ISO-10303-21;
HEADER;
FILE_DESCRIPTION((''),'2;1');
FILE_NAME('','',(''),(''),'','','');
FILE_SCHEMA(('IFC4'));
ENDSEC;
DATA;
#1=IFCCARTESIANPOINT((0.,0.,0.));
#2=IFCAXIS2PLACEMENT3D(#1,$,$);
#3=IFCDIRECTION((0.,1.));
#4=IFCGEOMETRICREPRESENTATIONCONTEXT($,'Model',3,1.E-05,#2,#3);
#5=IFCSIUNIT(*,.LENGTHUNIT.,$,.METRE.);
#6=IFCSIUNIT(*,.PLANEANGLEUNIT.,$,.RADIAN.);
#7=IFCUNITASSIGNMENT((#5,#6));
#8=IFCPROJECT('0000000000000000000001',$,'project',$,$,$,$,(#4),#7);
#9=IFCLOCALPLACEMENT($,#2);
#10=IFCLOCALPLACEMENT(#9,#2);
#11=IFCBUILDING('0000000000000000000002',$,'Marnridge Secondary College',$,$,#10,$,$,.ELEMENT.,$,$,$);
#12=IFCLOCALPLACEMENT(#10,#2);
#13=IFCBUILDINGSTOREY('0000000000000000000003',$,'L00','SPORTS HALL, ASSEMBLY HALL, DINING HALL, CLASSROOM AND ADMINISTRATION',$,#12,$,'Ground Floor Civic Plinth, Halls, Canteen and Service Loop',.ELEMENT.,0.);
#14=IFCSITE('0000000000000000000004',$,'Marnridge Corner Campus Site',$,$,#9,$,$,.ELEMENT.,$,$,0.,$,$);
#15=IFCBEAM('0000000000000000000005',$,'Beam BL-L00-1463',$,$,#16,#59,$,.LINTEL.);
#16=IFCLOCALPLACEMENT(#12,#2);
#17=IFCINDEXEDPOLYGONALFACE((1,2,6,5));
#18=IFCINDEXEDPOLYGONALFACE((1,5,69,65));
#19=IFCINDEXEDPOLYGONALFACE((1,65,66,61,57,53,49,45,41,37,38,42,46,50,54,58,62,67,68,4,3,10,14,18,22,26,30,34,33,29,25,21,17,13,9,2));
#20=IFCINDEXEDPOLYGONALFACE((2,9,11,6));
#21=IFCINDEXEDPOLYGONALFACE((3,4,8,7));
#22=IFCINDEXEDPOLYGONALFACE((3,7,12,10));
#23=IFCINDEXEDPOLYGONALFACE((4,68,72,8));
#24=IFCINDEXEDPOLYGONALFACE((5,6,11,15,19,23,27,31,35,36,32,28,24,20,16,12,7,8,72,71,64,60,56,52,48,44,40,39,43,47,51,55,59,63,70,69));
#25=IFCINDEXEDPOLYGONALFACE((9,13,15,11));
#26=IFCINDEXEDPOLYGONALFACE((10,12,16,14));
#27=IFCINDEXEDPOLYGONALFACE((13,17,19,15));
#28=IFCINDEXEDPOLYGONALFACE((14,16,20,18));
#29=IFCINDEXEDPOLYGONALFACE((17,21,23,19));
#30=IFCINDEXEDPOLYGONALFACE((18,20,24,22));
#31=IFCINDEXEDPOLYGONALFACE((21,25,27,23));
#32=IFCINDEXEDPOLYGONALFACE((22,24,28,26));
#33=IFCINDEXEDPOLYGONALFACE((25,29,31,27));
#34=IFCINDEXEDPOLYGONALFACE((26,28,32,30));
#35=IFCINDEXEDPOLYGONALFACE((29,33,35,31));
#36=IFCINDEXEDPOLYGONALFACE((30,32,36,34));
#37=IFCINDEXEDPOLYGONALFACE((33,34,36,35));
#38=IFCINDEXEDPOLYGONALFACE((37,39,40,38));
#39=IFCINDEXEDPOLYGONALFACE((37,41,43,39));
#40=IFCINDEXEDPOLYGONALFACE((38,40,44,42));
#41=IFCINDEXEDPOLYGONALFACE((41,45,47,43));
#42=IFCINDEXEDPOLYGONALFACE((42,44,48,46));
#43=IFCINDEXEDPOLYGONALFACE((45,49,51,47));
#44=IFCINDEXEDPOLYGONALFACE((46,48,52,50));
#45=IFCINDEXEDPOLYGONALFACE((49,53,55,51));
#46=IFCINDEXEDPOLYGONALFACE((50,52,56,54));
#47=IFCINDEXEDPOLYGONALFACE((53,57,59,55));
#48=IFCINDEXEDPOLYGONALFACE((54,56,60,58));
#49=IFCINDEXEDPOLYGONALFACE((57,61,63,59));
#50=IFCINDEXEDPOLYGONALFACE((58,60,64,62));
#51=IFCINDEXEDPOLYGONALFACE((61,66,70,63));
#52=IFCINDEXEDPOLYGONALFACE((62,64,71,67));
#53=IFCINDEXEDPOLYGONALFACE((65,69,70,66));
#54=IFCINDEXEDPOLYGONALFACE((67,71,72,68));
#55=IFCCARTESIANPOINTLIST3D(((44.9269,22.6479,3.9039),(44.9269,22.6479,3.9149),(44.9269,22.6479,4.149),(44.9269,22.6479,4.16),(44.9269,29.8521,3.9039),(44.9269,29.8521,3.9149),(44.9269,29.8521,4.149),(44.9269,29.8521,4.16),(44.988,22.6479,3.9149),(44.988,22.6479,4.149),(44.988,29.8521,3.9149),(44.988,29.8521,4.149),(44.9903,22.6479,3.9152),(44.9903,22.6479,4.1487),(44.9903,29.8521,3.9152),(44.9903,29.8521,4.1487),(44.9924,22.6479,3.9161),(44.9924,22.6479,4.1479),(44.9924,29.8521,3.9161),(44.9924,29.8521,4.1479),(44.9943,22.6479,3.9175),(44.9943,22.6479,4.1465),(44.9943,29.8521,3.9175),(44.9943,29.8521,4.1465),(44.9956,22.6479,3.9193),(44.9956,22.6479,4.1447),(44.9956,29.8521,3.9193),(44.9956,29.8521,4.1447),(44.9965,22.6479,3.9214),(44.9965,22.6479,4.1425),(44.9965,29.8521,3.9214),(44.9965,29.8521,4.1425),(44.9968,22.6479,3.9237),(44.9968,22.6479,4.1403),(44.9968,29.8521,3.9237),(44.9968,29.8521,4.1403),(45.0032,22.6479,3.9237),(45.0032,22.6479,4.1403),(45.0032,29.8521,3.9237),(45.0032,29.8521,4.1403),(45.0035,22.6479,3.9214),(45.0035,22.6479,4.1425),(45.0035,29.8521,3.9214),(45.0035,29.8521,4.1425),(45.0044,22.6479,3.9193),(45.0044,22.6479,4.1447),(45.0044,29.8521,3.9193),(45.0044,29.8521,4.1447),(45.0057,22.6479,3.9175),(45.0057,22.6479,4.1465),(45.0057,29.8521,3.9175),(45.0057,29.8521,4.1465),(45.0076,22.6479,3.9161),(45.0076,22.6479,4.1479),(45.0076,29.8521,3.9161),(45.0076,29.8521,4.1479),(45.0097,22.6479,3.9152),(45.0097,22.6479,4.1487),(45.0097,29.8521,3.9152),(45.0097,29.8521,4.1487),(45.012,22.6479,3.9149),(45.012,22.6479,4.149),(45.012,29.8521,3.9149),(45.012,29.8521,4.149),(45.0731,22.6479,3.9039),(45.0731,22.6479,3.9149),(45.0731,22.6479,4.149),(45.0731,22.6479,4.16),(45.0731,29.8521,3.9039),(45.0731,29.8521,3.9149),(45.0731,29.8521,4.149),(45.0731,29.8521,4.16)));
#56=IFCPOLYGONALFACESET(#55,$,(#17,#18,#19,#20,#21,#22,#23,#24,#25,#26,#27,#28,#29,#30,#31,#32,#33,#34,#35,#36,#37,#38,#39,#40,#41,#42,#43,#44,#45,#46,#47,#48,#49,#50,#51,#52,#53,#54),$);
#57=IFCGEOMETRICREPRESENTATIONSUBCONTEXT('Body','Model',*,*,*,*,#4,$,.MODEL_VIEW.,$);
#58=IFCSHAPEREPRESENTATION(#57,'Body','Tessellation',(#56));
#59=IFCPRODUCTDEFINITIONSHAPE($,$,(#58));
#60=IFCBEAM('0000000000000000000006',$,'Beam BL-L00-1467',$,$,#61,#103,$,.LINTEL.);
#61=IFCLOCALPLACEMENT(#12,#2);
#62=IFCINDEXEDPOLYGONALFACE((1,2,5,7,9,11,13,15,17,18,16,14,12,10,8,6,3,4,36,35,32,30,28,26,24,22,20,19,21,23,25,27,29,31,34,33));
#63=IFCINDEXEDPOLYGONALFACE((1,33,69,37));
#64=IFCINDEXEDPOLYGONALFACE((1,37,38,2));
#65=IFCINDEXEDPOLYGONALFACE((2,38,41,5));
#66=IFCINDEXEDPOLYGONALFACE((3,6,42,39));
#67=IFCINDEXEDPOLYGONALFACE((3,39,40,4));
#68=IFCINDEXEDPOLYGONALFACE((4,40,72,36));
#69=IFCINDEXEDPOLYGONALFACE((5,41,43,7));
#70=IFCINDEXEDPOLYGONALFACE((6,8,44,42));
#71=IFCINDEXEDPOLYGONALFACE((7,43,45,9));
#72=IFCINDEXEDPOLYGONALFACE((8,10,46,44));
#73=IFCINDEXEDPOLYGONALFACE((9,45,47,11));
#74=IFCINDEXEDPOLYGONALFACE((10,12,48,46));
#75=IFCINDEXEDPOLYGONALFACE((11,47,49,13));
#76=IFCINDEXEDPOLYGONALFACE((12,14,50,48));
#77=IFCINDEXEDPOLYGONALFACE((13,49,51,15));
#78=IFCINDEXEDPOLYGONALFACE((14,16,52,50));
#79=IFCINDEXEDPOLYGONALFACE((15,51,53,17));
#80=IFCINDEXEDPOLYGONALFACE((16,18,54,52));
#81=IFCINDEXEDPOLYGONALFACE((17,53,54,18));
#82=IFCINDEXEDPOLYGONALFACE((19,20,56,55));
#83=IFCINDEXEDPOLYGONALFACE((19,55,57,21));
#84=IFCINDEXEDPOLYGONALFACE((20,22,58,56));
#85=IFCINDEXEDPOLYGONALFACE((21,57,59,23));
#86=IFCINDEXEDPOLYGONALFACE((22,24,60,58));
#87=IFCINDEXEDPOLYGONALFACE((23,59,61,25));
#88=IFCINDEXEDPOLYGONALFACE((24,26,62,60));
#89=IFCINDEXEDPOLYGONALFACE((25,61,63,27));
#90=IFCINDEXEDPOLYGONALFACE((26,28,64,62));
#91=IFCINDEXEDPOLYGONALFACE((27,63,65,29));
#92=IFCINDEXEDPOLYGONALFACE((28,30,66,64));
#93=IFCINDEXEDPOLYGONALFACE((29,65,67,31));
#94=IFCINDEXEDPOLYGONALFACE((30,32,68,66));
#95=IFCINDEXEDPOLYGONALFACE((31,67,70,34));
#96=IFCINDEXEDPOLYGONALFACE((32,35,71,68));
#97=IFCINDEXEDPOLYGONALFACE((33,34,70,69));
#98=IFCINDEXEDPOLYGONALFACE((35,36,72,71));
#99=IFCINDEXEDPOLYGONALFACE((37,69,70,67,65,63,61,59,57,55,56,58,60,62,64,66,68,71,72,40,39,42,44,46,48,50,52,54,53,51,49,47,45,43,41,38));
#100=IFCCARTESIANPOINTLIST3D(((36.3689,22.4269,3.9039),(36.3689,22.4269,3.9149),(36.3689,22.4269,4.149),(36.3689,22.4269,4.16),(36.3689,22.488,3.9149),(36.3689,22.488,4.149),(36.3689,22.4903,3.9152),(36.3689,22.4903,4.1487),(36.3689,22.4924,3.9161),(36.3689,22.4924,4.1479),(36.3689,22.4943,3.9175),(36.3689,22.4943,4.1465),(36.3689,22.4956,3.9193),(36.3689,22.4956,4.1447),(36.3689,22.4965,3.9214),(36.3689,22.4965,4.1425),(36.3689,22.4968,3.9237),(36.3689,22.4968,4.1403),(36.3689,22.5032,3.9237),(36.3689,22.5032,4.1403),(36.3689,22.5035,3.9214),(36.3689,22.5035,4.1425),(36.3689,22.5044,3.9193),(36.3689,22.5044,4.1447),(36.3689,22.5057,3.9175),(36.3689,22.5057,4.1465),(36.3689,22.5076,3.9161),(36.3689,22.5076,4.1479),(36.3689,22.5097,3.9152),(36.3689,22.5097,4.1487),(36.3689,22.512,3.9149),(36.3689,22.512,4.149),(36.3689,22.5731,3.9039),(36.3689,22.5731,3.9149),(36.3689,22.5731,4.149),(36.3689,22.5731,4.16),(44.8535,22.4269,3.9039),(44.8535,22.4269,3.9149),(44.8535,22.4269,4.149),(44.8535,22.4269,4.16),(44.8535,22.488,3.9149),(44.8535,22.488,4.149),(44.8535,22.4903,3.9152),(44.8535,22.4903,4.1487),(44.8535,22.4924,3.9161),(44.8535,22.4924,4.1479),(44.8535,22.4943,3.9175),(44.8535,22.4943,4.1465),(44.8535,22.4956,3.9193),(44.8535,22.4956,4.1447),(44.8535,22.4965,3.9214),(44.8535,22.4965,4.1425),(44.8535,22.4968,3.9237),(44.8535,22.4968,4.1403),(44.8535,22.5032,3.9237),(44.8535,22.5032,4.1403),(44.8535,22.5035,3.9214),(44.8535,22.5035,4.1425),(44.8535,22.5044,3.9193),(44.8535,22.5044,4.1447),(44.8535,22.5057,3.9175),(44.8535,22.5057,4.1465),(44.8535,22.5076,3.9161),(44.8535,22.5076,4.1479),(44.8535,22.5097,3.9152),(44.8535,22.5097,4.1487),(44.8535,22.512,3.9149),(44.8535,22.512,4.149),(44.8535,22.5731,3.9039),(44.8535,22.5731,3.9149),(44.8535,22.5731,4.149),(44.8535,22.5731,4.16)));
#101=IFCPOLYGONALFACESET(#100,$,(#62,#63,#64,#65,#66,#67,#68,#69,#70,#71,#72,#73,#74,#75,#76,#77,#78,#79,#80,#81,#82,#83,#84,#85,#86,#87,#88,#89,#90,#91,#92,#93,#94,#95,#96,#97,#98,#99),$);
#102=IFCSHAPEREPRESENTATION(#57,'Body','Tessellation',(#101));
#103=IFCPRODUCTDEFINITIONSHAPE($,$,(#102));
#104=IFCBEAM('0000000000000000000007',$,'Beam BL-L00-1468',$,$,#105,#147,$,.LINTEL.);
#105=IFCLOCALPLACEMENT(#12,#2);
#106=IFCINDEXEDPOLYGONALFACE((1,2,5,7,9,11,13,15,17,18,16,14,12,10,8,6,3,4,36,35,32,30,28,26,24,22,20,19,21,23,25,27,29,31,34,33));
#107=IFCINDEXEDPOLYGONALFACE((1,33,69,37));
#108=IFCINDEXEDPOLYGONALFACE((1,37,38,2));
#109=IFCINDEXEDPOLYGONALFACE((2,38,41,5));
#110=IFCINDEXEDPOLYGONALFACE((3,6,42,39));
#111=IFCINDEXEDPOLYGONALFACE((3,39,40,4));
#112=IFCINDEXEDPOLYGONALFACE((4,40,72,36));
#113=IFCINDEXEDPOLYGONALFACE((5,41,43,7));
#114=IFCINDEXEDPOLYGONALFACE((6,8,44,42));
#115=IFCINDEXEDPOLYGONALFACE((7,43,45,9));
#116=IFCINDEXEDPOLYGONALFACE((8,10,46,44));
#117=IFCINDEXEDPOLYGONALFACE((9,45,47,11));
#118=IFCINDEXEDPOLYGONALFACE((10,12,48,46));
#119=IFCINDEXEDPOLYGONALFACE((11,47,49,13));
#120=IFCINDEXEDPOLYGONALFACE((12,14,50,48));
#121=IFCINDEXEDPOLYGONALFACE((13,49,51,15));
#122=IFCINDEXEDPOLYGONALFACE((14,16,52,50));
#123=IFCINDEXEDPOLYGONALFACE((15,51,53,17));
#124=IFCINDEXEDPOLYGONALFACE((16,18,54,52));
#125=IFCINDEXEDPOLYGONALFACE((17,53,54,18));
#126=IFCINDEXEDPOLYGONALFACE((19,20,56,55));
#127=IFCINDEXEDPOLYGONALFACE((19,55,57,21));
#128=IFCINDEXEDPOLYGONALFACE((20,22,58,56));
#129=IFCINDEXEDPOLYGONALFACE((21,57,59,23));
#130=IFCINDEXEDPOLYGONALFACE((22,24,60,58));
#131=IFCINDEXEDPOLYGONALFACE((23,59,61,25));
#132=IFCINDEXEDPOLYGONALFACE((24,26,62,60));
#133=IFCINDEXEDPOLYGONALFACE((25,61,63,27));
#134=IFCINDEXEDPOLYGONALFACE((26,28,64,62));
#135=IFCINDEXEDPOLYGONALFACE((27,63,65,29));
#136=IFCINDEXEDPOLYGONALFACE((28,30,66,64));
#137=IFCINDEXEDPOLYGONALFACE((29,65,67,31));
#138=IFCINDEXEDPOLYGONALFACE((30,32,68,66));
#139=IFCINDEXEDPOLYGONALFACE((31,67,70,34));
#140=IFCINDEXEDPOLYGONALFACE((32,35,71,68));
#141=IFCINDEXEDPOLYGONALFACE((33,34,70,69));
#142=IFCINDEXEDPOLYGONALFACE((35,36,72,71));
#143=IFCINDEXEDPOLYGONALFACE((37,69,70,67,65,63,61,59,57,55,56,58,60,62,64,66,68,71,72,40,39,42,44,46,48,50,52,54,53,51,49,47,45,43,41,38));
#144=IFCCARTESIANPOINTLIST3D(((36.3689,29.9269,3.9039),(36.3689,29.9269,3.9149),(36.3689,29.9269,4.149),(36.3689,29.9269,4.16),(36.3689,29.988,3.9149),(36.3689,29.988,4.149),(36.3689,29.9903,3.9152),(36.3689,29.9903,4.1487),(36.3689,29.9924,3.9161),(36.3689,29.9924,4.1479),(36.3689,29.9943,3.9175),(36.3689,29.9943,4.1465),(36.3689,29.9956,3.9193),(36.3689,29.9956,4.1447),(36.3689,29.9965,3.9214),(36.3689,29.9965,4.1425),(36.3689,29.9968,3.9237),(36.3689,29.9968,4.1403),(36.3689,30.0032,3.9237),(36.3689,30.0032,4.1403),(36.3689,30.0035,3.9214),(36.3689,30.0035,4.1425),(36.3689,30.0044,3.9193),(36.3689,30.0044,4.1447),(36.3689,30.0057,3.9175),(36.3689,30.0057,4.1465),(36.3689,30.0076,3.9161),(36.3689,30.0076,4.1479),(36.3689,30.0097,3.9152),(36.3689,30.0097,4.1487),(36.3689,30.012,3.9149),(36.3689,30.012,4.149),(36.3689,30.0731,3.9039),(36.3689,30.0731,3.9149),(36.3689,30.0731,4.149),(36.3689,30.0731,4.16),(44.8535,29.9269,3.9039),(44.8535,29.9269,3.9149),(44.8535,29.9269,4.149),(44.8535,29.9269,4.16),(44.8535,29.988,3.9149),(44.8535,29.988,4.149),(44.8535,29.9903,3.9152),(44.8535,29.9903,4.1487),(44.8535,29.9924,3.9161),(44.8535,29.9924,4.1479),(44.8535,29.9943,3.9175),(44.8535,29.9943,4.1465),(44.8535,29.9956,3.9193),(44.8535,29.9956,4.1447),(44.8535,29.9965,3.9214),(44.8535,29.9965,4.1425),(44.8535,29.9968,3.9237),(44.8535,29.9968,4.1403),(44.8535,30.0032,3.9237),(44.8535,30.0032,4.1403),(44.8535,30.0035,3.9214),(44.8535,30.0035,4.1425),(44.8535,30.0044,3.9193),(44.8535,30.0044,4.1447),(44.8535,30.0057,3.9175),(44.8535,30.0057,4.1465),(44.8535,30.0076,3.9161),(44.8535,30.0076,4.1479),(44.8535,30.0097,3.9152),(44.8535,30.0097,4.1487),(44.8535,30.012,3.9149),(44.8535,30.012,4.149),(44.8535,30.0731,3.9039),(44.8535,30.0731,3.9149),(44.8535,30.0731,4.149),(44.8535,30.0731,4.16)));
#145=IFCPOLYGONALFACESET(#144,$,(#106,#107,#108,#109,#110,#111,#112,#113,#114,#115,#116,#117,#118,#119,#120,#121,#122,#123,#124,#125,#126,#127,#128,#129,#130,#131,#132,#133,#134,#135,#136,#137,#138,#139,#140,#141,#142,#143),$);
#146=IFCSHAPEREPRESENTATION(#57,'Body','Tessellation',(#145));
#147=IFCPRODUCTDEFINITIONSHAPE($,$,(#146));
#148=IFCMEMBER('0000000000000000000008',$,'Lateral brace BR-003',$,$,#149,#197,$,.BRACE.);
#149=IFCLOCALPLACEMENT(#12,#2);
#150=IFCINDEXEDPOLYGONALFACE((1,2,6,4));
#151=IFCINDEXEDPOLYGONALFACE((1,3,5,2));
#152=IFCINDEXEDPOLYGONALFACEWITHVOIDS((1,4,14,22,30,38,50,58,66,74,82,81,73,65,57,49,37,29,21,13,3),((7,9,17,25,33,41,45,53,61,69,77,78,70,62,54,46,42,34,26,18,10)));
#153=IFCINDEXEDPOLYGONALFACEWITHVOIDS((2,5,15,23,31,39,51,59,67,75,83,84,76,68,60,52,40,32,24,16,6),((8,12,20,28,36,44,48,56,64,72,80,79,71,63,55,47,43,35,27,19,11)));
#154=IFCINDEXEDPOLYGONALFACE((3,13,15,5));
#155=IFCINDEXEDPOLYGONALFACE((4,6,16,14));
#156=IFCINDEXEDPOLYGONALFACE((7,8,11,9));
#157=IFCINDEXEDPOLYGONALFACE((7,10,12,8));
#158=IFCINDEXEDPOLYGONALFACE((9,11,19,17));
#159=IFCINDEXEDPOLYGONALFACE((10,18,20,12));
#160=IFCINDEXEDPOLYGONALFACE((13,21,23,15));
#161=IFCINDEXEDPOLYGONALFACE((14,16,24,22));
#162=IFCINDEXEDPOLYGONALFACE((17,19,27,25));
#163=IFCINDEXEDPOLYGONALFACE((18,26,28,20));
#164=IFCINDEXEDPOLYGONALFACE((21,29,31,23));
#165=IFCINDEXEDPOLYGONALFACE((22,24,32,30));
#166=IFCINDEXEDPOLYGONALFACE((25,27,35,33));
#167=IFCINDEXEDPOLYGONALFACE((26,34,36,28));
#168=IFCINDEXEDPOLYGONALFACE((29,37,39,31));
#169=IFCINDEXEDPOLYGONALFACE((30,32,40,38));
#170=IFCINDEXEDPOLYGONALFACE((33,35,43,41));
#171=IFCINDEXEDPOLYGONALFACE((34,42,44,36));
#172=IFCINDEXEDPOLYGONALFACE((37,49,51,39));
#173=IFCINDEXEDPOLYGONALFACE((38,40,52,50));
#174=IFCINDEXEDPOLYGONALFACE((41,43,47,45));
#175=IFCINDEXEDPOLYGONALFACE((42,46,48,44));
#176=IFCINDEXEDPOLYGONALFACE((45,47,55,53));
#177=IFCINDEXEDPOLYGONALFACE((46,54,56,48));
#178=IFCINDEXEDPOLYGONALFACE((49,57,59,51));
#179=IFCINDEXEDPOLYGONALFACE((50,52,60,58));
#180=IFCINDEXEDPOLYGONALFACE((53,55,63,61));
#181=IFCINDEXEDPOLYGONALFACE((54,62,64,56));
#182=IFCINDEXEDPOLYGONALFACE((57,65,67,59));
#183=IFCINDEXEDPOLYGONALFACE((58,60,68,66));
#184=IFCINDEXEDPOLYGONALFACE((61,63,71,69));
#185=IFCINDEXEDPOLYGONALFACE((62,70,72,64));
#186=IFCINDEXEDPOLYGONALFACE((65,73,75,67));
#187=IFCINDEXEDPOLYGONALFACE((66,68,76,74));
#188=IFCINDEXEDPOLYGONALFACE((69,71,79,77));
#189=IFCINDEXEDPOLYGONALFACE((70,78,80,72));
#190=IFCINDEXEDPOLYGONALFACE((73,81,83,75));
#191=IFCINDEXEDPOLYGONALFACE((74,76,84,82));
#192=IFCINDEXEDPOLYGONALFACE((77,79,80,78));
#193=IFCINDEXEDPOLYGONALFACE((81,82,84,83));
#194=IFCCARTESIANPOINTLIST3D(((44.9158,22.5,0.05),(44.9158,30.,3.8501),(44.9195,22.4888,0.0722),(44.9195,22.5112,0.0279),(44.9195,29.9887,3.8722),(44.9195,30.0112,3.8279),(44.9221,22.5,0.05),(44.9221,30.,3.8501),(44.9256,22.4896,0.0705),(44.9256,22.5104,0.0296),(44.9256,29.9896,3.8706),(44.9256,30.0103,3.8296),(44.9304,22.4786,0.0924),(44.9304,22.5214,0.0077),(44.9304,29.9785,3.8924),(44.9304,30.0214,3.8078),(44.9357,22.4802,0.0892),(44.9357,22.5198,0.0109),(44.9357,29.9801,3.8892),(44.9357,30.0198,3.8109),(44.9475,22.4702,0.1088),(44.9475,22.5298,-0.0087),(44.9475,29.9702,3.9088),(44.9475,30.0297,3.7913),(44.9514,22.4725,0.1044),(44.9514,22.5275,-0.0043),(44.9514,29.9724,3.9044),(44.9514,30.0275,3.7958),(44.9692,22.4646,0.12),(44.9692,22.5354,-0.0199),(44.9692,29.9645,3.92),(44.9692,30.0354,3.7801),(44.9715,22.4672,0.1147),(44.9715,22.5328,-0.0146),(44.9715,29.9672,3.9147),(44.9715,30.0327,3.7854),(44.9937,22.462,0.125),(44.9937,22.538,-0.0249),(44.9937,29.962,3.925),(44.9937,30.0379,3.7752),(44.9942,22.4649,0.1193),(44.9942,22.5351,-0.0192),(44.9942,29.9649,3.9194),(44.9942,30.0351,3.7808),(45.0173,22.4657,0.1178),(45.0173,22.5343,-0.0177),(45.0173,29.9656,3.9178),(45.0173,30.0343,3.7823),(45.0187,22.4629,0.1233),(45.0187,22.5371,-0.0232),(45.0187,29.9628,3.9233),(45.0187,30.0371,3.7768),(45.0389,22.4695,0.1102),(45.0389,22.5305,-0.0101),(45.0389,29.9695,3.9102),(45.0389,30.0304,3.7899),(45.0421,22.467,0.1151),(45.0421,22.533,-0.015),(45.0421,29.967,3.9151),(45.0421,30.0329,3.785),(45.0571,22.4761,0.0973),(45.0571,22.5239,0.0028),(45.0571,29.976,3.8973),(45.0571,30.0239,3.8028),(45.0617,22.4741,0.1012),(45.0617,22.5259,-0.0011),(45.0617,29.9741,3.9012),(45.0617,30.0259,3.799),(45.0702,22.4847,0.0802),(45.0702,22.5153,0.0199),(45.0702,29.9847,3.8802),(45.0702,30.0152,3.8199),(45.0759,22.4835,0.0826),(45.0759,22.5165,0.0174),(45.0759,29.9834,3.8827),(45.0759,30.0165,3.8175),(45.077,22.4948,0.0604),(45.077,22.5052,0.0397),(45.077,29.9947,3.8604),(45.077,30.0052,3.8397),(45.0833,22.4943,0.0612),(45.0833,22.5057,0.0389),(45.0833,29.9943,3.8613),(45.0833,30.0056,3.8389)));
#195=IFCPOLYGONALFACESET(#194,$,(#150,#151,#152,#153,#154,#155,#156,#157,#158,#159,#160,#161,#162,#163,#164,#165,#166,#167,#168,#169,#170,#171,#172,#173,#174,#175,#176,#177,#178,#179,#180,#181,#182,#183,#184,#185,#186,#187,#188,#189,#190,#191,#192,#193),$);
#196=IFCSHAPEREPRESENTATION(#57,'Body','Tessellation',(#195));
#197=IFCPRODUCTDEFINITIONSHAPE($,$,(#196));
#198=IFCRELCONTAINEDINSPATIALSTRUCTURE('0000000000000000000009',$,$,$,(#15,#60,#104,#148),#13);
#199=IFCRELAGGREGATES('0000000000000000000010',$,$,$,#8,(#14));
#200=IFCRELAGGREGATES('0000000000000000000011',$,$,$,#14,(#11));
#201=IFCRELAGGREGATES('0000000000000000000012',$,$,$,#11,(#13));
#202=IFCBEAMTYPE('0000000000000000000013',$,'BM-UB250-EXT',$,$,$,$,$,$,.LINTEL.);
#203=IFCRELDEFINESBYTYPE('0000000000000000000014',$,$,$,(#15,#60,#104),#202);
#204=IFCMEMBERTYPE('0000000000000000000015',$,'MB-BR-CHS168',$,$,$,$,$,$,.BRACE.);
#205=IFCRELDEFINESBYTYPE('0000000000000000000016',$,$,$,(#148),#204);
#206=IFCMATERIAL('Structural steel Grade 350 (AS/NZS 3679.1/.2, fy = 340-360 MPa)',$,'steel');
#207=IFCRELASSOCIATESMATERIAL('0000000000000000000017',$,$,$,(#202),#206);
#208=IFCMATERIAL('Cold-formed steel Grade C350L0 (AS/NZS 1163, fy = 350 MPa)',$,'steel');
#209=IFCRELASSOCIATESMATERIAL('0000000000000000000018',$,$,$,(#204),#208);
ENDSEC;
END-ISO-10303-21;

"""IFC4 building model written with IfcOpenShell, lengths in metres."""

from ifc_helpers import new_model, si_unit, direction, frame, origin, origin_2d, place, context, subcontext, project, spatial, hollow_circle, i_section, extrude, material, material_profile, profile_set, type_object, element, save


model = new_model("IFC4")

# Units and contexts
model_context = context("Model", 3, precision=1e-05, world=origin(), true_north=direction((0.0, 1.0)))
body_context = subcontext(model_context, "Body", "Model", "MODEL_VIEW")
ifc_project = project(units=[si_unit("LENGTHUNIT", "METRE"), si_unit("PLANEANGLEUNIT", "RADIAN")], contexts=[model_context])

# Site, building, storey
site_placement = place(None, origin())
site = spatial("IfcSite", under=ifc_project, at=site_placement, Name="Marnridge Corner Campus Site", CompositionType="ELEMENT", RefElevation=0.0)
building_placement = place(site_placement, origin())
building = spatial("IfcBuilding", under=site, at=building_placement, Name="Marnridge Secondary College", CompositionType="ELEMENT")
storey_placement = place(building_placement, origin())
storey = spatial("IfcBuildingStorey", under=building, at=storey_placement, Name="L00", Description="SPORTS HALL, ASSEMBLY HALL, DINING HALL, CLASSROOM AND ADMINISTRATION", LongName="Ground Floor Civic Plinth, Halls, Canteen and Service Loop", CompositionType="ELEMENT", Elevation=0.0)

# Beams
ifc_material_1 = material(Name="Structural steel Grade 350 (AS/NZS 3679.1/.2, fy = 340-360 MPa)", Category="steel")
ifc_material_profile_1 = material_profile(ifc_material_1, i_section(OverallWidth=0.1462, OverallDepth=0.2561, WebThickness=0.0063, FlangeThickness=0.011, FilletRadius=0.0088, at=origin_2d()), Name="250UB37.3")
ifc_profile_set_1 = profile_set([ifc_material_profile_1], Name="Structural steel Grade 350 (AS/NZS 3679.1/.2, fy = 340-360 MPa)")
beam_type = type_object("IfcBeamType", Name="BM-UB250-EXT", PredefinedType="LINTEL", material=ifc_profile_set_1)
beam_placement = place(storey_placement, frame((45.0, 22.6479, 4.032), z_axis=(0.0, 1.0, 0.0), x_axis=(-1.0, 0.0, 0.0)))
element("IfcBeam", 1, at=beam_placement, inside=storey, type_object=beam_type, Name="Beam BL-L00-1463", PredefinedType="LINTEL", context=body_context, shape_type="SweptSolid", body=[
    extrude(i_section(OverallWidth=0.1462, OverallDepth=0.2561, WebThickness=0.0063, FlangeThickness=0.011, FilletRadius=0.0088, at=origin_2d()), origin(), (0.0, 0.0, 1.0), 7.2041),
])
for number, where, z_axis, x_axis, name in (
    (2, (36.3689, 22.5, 4.032), (1.0, 0.0, 0.0), (0.0, 1.0, 0.0), "Beam BL-L00-1467"),
    (3, (36.3689, 30.0, 4.032), (1.0, 0.0, 0.0), (0.0, 1.0, 0.0), "Beam BL-L00-1468"),
):
    element("IfcBeam", number, at=place(storey_placement, frame(where, z_axis=z_axis, x_axis=x_axis)), inside=storey, type_object=beam_type, Name=name, PredefinedType="LINTEL", context=body_context, shape_type="SweptSolid", body=[
        extrude(i_section(OverallWidth=0.1462, OverallDepth=0.2561, WebThickness=0.0063, FlangeThickness=0.011, FilletRadius=0.0088, at=origin_2d()), origin(), (0.0, 0.0, 1.0), 8.4846),
    ])

# Member
ifc_material_2 = material(Name="Cold-formed steel Grade C350L0 (AS/NZS 1163, fy = 350 MPa)", Category="steel")
ifc_material_profile_2 = material_profile(ifc_material_2, hollow_circle(Radius=0.0842, WallThickness=0.0063, at=origin_2d()), Name="168.3x6.4CHS")
ifc_profile_set_2 = profile_set([ifc_material_profile_2], Name="Cold-formed steel Grade C350L0 (AS/NZS 1163, fy = 350 MPa)")
member_type_1 = type_object("IfcMemberType", Name="MB-BR-CHS168", PredefinedType="BRACE", material=ifc_profile_set_2)
member_1_placement = place(storey_placement, frame((45.0, 22.5, 0.05), z_axis=(0.0, 0.892033, 0.451969), x_axis=(-1.0, 0.0, 0.0)))
element("IfcMember", 4, at=member_1_placement, inside=storey, type_object=member_type_1, Name="Lateral brace BR-003", PredefinedType="BRACE", context=body_context, shape_type="SweptSolid", body=[
    extrude(hollow_circle(Radius=0.0842, WallThickness=0.0063, at=origin_2d()), origin(), (0.0, 0.0, 1.0), 8.4077),
])

save(model, "model.ifc")
